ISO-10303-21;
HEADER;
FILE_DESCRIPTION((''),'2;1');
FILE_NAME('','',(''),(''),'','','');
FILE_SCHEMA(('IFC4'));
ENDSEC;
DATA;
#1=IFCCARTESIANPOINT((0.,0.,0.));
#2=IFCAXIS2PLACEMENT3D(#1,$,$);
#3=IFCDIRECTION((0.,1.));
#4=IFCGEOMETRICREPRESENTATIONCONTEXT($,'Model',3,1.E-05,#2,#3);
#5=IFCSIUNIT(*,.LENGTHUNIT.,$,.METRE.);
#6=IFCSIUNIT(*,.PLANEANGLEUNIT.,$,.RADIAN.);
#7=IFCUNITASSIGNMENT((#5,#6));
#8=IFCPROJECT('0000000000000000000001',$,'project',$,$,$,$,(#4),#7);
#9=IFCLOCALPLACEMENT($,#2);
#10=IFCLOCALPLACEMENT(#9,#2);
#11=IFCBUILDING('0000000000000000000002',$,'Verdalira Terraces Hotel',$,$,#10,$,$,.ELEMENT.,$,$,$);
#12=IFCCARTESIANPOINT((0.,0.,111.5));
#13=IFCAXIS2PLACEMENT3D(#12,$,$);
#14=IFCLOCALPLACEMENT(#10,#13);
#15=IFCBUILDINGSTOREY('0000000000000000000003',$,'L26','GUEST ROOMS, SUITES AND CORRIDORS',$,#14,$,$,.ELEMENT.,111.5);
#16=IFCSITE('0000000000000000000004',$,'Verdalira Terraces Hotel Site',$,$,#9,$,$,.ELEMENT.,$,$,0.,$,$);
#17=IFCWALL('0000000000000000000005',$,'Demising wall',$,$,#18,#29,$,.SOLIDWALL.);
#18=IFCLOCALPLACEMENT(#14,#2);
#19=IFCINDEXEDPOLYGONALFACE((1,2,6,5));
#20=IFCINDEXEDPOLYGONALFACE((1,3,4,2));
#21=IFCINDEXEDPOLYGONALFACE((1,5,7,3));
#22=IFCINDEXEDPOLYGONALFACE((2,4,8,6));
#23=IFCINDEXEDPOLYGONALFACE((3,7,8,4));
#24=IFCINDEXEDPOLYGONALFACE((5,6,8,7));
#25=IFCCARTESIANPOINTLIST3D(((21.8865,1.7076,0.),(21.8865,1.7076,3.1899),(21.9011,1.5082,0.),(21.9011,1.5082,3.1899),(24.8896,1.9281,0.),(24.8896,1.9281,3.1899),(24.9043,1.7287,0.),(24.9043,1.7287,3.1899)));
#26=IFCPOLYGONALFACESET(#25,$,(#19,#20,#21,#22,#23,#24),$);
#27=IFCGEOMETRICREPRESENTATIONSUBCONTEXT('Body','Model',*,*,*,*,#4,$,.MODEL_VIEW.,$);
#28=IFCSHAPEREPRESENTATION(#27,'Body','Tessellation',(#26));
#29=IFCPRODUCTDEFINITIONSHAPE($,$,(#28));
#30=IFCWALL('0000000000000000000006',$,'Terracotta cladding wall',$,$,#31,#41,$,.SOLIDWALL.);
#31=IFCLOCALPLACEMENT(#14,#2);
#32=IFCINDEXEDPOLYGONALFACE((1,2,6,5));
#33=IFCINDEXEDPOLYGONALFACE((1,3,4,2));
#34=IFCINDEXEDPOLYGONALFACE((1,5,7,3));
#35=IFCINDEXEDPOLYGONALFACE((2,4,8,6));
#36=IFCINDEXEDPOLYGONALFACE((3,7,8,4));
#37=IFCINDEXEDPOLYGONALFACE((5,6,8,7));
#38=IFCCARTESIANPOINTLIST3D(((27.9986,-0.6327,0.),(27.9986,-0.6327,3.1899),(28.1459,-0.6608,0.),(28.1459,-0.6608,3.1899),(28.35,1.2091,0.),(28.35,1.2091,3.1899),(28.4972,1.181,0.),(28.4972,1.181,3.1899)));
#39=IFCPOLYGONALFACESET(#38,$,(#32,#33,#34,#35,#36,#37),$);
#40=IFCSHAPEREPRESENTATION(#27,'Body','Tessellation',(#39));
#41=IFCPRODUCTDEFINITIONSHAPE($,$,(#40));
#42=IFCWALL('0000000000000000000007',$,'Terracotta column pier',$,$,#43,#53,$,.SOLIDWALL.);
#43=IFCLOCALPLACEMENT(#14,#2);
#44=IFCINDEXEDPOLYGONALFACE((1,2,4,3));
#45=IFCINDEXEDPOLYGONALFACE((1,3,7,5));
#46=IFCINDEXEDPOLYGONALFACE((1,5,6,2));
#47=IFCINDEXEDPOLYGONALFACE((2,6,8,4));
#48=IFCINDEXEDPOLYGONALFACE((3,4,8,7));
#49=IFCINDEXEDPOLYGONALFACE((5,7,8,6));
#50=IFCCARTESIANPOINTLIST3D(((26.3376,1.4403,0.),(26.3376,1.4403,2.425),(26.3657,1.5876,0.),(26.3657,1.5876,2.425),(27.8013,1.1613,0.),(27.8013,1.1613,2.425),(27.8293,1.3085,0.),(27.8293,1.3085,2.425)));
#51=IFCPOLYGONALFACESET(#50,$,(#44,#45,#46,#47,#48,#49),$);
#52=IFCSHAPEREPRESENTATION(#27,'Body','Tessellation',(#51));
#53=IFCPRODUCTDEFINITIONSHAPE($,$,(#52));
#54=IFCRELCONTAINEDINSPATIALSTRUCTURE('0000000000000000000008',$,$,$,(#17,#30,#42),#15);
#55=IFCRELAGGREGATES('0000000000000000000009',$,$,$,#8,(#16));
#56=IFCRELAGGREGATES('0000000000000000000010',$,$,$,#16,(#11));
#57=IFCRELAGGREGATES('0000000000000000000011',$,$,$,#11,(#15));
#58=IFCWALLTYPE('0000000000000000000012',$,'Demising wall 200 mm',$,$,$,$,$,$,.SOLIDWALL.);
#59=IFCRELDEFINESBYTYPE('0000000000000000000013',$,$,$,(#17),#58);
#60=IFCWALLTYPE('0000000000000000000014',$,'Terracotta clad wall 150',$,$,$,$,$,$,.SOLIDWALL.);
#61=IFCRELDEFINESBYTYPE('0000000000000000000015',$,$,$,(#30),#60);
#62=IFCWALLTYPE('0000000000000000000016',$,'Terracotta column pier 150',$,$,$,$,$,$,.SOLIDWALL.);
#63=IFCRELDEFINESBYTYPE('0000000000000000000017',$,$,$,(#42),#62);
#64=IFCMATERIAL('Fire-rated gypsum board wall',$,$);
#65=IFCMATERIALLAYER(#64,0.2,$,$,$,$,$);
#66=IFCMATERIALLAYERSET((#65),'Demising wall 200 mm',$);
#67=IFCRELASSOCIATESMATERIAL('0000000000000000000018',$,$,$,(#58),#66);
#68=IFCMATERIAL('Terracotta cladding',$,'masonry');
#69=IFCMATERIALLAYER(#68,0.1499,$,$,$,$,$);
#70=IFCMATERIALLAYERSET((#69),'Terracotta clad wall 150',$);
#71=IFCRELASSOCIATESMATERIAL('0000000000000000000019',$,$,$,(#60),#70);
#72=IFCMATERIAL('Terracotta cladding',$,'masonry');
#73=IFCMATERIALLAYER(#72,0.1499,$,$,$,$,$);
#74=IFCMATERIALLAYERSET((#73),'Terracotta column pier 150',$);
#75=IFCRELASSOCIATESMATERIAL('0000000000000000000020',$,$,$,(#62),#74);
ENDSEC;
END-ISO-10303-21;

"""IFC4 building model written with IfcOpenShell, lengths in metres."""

from ifc_helpers import new_model, si_unit, direction, frame, frame_2d, origin, place, context, subcontext, project, spatial, rectangle, extrude, material, layer, layer_set, type_object, element, save


model = new_model("IFC4")

# Units and contexts
model_context = context("Model", 3, precision=1e-05, world=origin(), true_north=direction((0.0, 1.0)))
body_context = subcontext(model_context, "Body", "Model", "MODEL_VIEW")
ifc_project = project(units=[si_unit("LENGTHUNIT", "METRE"), si_unit("PLANEANGLEUNIT", "RADIAN")], contexts=[model_context])

# Site, building, storey
site_placement = place(None, origin())
site = spatial("IfcSite", under=ifc_project, at=site_placement, Name="Verdalira Terraces Hotel Site", CompositionType="ELEMENT", RefElevation=0.0)
building_placement = place(site_placement, origin())
building = spatial("IfcBuilding", under=site, at=building_placement, Name="Verdalira Terraces Hotel", CompositionType="ELEMENT")
storey_placement = place(building_placement, frame((0.0, 0.0, 111.5)))
storey = spatial("IfcBuildingStorey", under=building, at=storey_placement, Name="L26", Description="GUEST ROOMS, SUITES AND CORRIDORS", CompositionType="ELEMENT", Elevation=111.5)

# Walls
ifc_material_1 = material(Name="Fire-rated gypsum board wall")
ifc_layer_1 = layer(ifc_material_1, 0.2)
ifc_layer_set_1 = layer_set([ifc_layer_1], Name="Demising wall 200 mm")
wall_type_1 = type_object("IfcWallType", Name="Demising wall 200 mm", PredefinedType="SOLIDWALL", material=ifc_layer_set_1)
wall_1_placement = place(storey_placement, frame((21.8938, 1.6079, 0.0), z_axis=(0.0, 0.0, 1.0), x_axis=(0.997316, 0.073212, 0.0)))
element("IfcWall", 1, at=wall_1_placement, inside=storey, type_object=wall_type_1, Name="Demising wall", PredefinedType="SOLIDWALL", context=body_context, shape_type="SweptSolid", body=[
    extrude(rectangle(XDim=3.0112, YDim=0.2, at=frame_2d((1.5056, 0.0))), origin(), (0.0, 0.0, 1.0), 3.1899),
])
ifc_material_2 = material(Name="Terracotta cladding", Category="masonry")
ifc_layer_2 = layer(ifc_material_2, 0.1499)
ifc_layer_set_2 = layer_set([ifc_layer_2], Name="Terracotta clad wall 150")
wall_type_2 = type_object("IfcWallType", Name="Terracotta clad wall 150", PredefinedType="SOLIDWALL", material=ifc_layer_set_2)
wall_2_placement = place(storey_placement, frame((28.0723, -0.6467, 0.0), z_axis=(0.0, 0.0, 1.0), x_axis=(0.187369, 0.98229, 0.0)))
element("IfcWall", 2, at=wall_2_placement, inside=storey, type_object=wall_type_2, Name="Terracotta cladding wall", PredefinedType="SOLIDWALL", context=body_context, shape_type="SweptSolid", body=[
    extrude(rectangle(XDim=1.875, YDim=0.1499, at=frame_2d((0.9375, 0.0))), origin(), (0.0, 0.0, 1.0), 3.1899),
])
ifc_material_3 = material(Name="Terracotta cladding", Category="masonry")
ifc_layer_3 = layer(ifc_material_3, 0.1499)
ifc_layer_set_3 = layer_set([ifc_layer_3], Name="Terracotta column pier 150")
wall_type_3 = type_object("IfcWallType", Name="Terracotta column pier 150", PredefinedType="SOLIDWALL", material=ifc_layer_set_3)
wall_3_placement = place(storey_placement, frame((27.8154, 1.2349, 0.0), z_axis=(0.0, 0.0, 1.0), x_axis=(-0.982306, 0.187285, 0.0)))
element("IfcWall", 3, at=wall_3_placement, inside=storey, type_object=wall_type_3, Name="Terracotta column pier", PredefinedType="SOLIDWALL", context=body_context, shape_type="SweptSolid", body=[
    extrude(rectangle(XDim=1.49, YDim=0.1499, at=frame_2d((0.7451, 0.0))), origin(), (0.0, 0.0, 1.0), 2.425),
])

save(model, "model.ifc")
